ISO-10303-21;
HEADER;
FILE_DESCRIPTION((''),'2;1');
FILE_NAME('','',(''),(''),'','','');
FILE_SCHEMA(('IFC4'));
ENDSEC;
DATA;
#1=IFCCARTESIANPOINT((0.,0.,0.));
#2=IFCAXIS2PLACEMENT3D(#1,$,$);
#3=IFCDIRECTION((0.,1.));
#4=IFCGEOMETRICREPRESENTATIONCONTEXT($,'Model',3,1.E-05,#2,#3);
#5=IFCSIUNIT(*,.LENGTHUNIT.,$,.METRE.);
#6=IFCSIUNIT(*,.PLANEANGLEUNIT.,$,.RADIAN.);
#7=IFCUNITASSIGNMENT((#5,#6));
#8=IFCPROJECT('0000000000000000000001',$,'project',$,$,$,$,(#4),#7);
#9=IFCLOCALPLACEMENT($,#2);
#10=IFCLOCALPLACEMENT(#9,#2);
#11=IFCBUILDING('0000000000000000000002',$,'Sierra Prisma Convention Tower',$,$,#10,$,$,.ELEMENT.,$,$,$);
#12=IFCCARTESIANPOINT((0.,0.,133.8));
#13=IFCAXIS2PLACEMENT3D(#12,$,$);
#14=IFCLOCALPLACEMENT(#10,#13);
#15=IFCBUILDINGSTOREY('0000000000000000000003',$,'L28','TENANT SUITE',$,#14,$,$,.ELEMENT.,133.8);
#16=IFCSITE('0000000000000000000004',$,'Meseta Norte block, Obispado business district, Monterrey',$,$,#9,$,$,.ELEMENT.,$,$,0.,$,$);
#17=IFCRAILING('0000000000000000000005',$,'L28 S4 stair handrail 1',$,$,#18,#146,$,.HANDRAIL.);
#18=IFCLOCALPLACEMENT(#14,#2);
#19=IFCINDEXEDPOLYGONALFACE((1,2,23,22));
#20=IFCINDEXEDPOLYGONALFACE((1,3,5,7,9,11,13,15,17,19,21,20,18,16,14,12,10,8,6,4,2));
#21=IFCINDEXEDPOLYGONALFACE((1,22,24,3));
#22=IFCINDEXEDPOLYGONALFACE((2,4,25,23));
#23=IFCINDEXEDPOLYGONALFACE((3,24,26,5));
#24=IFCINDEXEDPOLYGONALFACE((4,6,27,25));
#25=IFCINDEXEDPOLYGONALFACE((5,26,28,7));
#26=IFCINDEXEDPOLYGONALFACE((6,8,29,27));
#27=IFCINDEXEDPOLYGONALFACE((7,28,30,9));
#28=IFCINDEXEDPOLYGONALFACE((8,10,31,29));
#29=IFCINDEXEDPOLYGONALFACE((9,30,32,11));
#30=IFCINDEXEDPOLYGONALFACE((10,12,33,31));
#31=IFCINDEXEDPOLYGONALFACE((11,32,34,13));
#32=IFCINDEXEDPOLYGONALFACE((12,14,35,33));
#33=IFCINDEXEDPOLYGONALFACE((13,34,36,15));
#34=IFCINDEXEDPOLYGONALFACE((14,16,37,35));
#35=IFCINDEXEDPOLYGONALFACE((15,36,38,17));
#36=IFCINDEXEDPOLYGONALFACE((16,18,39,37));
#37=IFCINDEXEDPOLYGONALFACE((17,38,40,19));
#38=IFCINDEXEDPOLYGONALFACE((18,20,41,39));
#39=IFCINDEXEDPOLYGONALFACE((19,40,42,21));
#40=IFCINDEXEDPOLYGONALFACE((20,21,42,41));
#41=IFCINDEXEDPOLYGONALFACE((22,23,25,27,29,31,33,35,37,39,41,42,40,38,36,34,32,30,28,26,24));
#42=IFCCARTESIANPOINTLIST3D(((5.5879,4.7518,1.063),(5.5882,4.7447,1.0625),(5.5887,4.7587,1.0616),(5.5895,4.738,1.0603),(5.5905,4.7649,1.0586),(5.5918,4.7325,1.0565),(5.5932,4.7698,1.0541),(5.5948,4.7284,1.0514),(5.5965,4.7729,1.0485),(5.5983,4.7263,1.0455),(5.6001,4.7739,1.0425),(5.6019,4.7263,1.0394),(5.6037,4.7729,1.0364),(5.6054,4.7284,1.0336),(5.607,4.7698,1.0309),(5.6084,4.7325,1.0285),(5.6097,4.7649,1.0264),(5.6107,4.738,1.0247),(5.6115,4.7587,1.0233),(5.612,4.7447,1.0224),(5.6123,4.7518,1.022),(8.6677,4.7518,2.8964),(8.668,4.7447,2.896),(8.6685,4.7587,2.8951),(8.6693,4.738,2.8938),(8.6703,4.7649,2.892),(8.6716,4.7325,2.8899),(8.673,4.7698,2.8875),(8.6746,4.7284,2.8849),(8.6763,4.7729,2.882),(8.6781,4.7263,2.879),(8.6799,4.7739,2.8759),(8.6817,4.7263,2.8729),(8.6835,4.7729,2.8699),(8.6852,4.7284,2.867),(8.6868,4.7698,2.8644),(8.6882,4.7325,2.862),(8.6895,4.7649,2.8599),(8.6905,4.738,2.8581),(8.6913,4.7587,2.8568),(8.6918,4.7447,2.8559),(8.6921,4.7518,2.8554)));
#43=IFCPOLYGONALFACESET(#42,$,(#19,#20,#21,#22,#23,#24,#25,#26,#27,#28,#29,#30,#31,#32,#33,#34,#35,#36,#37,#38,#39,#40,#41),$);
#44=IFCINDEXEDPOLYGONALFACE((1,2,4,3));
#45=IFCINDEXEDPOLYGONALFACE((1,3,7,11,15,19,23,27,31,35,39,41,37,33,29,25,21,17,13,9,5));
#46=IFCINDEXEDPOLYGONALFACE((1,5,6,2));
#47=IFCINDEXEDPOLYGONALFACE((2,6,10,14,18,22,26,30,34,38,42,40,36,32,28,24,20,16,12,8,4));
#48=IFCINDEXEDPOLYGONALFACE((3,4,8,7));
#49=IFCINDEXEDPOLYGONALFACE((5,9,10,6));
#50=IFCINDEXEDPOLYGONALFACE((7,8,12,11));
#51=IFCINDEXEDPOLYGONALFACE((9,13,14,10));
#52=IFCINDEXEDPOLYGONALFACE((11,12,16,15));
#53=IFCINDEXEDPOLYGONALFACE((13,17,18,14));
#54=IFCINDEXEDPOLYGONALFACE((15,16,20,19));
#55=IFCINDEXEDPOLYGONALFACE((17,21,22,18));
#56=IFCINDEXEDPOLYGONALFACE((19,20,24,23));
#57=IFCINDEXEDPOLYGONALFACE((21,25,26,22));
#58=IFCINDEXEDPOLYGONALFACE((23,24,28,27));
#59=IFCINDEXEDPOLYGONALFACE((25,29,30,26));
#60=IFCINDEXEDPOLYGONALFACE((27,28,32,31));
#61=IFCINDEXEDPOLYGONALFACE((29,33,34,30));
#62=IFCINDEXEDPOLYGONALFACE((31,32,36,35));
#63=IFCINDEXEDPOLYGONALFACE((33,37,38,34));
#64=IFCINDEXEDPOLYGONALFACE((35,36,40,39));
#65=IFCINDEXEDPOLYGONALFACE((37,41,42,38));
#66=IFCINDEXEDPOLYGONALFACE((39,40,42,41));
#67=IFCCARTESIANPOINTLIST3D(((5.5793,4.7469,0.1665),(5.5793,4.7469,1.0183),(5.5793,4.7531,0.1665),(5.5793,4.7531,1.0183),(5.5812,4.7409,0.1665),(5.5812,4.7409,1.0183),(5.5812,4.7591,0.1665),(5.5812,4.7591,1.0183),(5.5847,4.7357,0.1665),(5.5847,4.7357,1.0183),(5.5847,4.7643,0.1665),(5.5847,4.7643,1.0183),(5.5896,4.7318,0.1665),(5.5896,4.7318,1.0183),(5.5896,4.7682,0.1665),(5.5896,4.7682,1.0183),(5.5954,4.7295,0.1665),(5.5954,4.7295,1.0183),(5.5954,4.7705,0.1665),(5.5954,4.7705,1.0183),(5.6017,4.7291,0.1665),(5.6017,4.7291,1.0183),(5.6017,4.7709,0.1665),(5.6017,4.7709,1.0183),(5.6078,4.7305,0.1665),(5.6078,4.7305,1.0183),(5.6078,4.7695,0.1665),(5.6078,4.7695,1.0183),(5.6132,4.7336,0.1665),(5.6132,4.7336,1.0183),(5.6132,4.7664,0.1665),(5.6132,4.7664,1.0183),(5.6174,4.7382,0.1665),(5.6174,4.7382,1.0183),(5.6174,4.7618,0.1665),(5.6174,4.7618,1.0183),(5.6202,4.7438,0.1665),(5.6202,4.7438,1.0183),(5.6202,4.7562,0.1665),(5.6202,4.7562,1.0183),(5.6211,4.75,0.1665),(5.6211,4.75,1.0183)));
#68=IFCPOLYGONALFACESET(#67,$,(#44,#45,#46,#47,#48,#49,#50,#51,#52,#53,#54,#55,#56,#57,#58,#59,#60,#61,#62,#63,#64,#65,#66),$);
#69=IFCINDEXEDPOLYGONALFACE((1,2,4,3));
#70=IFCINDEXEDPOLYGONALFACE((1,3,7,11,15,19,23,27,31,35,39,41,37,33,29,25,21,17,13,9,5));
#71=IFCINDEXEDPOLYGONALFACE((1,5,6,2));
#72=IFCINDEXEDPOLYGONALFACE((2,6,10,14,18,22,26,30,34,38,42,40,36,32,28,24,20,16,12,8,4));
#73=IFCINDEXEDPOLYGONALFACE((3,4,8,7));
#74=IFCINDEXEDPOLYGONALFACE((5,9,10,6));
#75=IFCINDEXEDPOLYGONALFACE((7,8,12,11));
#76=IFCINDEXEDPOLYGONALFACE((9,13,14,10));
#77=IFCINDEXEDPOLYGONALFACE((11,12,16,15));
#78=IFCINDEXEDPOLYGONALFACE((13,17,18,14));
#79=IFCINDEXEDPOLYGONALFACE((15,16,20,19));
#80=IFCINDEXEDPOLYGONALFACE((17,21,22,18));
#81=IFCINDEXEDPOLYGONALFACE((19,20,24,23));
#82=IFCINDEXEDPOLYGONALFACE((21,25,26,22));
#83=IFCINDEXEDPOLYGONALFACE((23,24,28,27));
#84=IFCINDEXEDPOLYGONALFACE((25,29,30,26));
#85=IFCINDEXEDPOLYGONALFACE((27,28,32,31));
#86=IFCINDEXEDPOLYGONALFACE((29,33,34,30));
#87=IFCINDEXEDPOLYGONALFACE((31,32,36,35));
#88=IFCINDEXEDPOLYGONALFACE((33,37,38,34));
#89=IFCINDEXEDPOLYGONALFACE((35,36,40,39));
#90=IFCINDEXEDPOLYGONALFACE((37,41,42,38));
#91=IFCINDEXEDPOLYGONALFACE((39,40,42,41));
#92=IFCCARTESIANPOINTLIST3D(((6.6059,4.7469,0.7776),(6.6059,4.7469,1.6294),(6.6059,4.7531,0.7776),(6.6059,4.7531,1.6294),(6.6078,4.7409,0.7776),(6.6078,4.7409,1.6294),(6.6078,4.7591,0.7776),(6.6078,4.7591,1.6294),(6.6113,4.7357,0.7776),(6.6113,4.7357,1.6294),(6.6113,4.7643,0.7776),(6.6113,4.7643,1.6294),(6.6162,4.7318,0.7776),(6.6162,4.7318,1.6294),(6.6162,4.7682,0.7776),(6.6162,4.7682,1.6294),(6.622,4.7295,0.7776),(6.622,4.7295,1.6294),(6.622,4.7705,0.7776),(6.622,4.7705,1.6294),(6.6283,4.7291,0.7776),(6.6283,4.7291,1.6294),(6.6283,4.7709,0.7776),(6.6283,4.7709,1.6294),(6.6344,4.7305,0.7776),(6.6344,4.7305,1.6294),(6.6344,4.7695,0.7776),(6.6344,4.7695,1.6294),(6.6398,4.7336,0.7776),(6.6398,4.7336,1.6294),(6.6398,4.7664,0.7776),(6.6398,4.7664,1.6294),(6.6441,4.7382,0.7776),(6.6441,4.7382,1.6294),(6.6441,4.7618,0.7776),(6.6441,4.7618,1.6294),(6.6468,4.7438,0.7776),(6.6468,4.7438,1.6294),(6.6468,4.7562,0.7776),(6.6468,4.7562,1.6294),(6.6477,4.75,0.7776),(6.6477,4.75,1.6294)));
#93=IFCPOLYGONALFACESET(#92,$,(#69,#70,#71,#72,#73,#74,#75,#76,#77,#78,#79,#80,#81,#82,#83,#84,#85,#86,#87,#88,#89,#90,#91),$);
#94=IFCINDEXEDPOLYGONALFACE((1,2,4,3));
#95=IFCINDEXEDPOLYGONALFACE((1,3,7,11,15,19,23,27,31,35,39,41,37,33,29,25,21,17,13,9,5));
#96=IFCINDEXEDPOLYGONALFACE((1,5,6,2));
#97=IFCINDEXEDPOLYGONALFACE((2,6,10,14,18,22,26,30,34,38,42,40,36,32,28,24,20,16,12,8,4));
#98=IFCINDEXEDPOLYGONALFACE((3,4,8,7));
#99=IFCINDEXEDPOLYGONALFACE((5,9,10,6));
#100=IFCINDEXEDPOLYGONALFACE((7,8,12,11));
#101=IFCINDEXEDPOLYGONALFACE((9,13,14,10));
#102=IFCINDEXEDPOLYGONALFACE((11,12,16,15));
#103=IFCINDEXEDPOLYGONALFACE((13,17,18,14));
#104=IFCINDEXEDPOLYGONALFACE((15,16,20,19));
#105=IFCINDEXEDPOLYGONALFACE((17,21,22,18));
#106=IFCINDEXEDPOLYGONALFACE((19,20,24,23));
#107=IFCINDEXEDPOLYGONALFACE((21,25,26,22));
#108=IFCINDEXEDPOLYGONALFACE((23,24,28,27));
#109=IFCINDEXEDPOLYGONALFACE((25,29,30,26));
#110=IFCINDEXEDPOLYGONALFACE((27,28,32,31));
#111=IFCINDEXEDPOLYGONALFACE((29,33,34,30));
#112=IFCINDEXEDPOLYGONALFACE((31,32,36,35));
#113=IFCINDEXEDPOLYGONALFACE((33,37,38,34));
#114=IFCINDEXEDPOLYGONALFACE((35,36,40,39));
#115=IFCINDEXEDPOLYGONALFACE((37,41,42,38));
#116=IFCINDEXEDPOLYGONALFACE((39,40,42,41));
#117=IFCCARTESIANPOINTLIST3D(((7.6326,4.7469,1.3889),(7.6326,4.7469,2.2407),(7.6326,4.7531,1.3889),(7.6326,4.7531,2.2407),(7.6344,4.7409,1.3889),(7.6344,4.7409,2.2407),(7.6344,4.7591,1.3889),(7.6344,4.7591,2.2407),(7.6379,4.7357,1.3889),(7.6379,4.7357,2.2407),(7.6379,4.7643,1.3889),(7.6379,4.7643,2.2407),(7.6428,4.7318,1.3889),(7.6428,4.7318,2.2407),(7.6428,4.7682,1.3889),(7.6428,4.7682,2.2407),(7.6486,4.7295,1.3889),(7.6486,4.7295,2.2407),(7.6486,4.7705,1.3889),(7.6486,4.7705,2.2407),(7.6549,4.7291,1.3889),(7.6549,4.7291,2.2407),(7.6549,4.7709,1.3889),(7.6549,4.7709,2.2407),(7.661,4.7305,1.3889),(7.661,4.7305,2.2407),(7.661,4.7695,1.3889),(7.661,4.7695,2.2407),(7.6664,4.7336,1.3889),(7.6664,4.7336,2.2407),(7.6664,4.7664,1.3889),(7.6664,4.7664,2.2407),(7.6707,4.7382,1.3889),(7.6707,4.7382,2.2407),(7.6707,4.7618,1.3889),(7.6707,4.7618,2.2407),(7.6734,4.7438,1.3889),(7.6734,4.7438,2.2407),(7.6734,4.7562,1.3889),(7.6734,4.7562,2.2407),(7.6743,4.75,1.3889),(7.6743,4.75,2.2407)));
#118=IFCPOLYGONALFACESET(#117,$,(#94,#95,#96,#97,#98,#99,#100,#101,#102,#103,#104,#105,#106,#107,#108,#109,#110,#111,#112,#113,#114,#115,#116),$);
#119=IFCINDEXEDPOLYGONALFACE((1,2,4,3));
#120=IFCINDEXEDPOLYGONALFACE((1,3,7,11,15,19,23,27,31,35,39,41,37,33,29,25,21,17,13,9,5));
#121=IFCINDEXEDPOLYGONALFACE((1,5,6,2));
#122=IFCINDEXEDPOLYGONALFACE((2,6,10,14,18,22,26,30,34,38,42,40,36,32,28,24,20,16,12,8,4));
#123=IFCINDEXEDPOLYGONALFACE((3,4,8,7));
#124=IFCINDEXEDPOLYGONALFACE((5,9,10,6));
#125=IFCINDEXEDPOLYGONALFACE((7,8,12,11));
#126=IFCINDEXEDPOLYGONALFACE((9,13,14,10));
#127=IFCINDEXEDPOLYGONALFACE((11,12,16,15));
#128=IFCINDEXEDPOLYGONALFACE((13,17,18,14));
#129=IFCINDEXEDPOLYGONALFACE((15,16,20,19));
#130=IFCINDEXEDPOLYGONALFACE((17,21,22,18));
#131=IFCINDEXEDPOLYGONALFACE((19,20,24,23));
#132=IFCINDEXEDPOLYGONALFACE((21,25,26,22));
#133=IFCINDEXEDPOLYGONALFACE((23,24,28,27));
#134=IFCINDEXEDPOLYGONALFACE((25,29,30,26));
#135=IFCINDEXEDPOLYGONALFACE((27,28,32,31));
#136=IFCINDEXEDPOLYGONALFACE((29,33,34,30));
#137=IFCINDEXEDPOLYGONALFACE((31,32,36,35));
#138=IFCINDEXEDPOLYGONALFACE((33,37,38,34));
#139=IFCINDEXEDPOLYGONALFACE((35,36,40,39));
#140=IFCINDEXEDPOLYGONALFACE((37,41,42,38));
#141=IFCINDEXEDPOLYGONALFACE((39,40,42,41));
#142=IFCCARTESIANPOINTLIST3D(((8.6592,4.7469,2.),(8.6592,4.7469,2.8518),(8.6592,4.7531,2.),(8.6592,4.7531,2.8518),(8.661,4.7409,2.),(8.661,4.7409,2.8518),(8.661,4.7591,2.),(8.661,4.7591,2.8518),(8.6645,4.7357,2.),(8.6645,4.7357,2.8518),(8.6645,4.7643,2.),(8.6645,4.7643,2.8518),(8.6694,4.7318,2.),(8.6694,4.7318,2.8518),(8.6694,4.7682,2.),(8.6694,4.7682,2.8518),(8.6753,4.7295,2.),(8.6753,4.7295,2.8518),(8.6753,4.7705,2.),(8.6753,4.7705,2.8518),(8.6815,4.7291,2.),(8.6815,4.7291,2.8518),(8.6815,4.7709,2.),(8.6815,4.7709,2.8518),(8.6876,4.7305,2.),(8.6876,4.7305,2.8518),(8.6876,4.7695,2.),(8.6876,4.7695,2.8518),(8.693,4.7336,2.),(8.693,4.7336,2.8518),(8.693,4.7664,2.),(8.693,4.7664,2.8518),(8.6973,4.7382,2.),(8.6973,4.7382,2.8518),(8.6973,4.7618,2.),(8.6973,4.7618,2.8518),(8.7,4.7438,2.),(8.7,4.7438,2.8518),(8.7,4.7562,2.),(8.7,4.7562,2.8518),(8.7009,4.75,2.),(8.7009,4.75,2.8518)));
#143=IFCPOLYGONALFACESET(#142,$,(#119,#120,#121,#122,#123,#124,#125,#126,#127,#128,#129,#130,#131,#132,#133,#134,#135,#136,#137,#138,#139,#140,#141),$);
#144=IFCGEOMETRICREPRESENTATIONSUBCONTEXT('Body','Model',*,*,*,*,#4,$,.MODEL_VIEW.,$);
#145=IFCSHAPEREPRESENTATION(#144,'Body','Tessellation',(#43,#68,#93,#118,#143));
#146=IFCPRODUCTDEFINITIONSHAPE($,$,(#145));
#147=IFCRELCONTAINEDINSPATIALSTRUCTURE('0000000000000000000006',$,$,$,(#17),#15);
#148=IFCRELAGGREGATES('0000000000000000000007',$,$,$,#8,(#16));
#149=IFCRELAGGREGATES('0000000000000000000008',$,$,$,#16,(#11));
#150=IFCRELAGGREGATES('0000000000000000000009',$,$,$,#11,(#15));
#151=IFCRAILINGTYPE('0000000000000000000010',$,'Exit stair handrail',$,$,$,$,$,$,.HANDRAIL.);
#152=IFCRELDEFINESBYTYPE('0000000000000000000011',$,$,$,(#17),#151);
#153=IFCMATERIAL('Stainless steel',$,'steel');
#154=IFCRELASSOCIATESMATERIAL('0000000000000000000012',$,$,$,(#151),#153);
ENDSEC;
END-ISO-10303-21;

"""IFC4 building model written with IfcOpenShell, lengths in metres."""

from ifc_helpers import new_model, si_unit, direction, frame, origin, origin_2d, place, context, subcontext, project, spatial, circle, extrude, material, type_object, element, save


model = new_model("IFC4")

# Units and contexts
model_context = context("Model", 3, precision=1e-05, world=origin(), true_north=direction((0.0, 1.0)))
body_context = subcontext(model_context, "Body", "Model", "MODEL_VIEW")
ifc_project = project(units=[si_unit("LENGTHUNIT", "METRE"), si_unit("PLANEANGLEUNIT", "RADIAN")], contexts=[model_context])

# Site, building, storey
site_placement = place(None, origin())
site = spatial("IfcSite", under=ifc_project, at=site_placement, Name="Meseta Norte block, Obispado business district, Monterrey", CompositionType="ELEMENT", RefElevation=0.0)
building_placement = place(site_placement, origin())
building = spatial("IfcBuilding", under=site, at=building_placement, Name="Sierra Prisma Convention Tower", CompositionType="ELEMENT")
storey_placement = place(building_placement, frame((0.0, 0.0, 133.8)))
storey = spatial("IfcBuildingStorey", under=building, at=storey_placement, Name="L28", Description="TENANT SUITE", CompositionType="ELEMENT", Elevation=133.8)

# Railing
ifc_material_1 = material(Name="Stainless steel", Category="steel")
railing_type_1 = type_object("IfcRailingType", Name="Exit stair handrail", PredefinedType="HANDRAIL", material=ifc_material_1)
railing_1_placement = place(storey_placement, frame((5.6001, 4.75, 0.1665)))
element("IfcRailing", 1, at=railing_1_placement, inside=storey, type_object=railing_type_1, Name="L28 S4 stair handrail 1", PredefinedType="HANDRAIL", context=body_context, shape_type="SweptSolid", body=[
    extrude(circle(Radius=0.0239, at=origin_2d()), frame((0.0, 0.0, 0.876), z_axis=(0.859261, 0.0, 0.511538), x_axis=(0.0, 1.0, 0.0)), (0.0, 0.0, 1.0), 3.5842),
    extrude(circle(Radius=0.021, at=origin_2d()), origin(), (0.0, 0.0, 1.0), 0.8518),
    extrude(circle(Radius=0.021, at=origin_2d()), frame((1.0266, 0.0, 0.6111)), (0.0, 0.0, 1.0), 0.8518),
    extrude(circle(Radius=0.021, at=origin_2d()), frame((2.0532, 0.0, 1.2224)), (0.0, 0.0, 1.0), 0.8518),
    extrude(circle(Radius=0.021, at=origin_2d()), frame((3.0798, 0.0, 1.8335)), (0.0, 0.0, 1.0), 0.8518),
])

save(model, "model.ifc")
